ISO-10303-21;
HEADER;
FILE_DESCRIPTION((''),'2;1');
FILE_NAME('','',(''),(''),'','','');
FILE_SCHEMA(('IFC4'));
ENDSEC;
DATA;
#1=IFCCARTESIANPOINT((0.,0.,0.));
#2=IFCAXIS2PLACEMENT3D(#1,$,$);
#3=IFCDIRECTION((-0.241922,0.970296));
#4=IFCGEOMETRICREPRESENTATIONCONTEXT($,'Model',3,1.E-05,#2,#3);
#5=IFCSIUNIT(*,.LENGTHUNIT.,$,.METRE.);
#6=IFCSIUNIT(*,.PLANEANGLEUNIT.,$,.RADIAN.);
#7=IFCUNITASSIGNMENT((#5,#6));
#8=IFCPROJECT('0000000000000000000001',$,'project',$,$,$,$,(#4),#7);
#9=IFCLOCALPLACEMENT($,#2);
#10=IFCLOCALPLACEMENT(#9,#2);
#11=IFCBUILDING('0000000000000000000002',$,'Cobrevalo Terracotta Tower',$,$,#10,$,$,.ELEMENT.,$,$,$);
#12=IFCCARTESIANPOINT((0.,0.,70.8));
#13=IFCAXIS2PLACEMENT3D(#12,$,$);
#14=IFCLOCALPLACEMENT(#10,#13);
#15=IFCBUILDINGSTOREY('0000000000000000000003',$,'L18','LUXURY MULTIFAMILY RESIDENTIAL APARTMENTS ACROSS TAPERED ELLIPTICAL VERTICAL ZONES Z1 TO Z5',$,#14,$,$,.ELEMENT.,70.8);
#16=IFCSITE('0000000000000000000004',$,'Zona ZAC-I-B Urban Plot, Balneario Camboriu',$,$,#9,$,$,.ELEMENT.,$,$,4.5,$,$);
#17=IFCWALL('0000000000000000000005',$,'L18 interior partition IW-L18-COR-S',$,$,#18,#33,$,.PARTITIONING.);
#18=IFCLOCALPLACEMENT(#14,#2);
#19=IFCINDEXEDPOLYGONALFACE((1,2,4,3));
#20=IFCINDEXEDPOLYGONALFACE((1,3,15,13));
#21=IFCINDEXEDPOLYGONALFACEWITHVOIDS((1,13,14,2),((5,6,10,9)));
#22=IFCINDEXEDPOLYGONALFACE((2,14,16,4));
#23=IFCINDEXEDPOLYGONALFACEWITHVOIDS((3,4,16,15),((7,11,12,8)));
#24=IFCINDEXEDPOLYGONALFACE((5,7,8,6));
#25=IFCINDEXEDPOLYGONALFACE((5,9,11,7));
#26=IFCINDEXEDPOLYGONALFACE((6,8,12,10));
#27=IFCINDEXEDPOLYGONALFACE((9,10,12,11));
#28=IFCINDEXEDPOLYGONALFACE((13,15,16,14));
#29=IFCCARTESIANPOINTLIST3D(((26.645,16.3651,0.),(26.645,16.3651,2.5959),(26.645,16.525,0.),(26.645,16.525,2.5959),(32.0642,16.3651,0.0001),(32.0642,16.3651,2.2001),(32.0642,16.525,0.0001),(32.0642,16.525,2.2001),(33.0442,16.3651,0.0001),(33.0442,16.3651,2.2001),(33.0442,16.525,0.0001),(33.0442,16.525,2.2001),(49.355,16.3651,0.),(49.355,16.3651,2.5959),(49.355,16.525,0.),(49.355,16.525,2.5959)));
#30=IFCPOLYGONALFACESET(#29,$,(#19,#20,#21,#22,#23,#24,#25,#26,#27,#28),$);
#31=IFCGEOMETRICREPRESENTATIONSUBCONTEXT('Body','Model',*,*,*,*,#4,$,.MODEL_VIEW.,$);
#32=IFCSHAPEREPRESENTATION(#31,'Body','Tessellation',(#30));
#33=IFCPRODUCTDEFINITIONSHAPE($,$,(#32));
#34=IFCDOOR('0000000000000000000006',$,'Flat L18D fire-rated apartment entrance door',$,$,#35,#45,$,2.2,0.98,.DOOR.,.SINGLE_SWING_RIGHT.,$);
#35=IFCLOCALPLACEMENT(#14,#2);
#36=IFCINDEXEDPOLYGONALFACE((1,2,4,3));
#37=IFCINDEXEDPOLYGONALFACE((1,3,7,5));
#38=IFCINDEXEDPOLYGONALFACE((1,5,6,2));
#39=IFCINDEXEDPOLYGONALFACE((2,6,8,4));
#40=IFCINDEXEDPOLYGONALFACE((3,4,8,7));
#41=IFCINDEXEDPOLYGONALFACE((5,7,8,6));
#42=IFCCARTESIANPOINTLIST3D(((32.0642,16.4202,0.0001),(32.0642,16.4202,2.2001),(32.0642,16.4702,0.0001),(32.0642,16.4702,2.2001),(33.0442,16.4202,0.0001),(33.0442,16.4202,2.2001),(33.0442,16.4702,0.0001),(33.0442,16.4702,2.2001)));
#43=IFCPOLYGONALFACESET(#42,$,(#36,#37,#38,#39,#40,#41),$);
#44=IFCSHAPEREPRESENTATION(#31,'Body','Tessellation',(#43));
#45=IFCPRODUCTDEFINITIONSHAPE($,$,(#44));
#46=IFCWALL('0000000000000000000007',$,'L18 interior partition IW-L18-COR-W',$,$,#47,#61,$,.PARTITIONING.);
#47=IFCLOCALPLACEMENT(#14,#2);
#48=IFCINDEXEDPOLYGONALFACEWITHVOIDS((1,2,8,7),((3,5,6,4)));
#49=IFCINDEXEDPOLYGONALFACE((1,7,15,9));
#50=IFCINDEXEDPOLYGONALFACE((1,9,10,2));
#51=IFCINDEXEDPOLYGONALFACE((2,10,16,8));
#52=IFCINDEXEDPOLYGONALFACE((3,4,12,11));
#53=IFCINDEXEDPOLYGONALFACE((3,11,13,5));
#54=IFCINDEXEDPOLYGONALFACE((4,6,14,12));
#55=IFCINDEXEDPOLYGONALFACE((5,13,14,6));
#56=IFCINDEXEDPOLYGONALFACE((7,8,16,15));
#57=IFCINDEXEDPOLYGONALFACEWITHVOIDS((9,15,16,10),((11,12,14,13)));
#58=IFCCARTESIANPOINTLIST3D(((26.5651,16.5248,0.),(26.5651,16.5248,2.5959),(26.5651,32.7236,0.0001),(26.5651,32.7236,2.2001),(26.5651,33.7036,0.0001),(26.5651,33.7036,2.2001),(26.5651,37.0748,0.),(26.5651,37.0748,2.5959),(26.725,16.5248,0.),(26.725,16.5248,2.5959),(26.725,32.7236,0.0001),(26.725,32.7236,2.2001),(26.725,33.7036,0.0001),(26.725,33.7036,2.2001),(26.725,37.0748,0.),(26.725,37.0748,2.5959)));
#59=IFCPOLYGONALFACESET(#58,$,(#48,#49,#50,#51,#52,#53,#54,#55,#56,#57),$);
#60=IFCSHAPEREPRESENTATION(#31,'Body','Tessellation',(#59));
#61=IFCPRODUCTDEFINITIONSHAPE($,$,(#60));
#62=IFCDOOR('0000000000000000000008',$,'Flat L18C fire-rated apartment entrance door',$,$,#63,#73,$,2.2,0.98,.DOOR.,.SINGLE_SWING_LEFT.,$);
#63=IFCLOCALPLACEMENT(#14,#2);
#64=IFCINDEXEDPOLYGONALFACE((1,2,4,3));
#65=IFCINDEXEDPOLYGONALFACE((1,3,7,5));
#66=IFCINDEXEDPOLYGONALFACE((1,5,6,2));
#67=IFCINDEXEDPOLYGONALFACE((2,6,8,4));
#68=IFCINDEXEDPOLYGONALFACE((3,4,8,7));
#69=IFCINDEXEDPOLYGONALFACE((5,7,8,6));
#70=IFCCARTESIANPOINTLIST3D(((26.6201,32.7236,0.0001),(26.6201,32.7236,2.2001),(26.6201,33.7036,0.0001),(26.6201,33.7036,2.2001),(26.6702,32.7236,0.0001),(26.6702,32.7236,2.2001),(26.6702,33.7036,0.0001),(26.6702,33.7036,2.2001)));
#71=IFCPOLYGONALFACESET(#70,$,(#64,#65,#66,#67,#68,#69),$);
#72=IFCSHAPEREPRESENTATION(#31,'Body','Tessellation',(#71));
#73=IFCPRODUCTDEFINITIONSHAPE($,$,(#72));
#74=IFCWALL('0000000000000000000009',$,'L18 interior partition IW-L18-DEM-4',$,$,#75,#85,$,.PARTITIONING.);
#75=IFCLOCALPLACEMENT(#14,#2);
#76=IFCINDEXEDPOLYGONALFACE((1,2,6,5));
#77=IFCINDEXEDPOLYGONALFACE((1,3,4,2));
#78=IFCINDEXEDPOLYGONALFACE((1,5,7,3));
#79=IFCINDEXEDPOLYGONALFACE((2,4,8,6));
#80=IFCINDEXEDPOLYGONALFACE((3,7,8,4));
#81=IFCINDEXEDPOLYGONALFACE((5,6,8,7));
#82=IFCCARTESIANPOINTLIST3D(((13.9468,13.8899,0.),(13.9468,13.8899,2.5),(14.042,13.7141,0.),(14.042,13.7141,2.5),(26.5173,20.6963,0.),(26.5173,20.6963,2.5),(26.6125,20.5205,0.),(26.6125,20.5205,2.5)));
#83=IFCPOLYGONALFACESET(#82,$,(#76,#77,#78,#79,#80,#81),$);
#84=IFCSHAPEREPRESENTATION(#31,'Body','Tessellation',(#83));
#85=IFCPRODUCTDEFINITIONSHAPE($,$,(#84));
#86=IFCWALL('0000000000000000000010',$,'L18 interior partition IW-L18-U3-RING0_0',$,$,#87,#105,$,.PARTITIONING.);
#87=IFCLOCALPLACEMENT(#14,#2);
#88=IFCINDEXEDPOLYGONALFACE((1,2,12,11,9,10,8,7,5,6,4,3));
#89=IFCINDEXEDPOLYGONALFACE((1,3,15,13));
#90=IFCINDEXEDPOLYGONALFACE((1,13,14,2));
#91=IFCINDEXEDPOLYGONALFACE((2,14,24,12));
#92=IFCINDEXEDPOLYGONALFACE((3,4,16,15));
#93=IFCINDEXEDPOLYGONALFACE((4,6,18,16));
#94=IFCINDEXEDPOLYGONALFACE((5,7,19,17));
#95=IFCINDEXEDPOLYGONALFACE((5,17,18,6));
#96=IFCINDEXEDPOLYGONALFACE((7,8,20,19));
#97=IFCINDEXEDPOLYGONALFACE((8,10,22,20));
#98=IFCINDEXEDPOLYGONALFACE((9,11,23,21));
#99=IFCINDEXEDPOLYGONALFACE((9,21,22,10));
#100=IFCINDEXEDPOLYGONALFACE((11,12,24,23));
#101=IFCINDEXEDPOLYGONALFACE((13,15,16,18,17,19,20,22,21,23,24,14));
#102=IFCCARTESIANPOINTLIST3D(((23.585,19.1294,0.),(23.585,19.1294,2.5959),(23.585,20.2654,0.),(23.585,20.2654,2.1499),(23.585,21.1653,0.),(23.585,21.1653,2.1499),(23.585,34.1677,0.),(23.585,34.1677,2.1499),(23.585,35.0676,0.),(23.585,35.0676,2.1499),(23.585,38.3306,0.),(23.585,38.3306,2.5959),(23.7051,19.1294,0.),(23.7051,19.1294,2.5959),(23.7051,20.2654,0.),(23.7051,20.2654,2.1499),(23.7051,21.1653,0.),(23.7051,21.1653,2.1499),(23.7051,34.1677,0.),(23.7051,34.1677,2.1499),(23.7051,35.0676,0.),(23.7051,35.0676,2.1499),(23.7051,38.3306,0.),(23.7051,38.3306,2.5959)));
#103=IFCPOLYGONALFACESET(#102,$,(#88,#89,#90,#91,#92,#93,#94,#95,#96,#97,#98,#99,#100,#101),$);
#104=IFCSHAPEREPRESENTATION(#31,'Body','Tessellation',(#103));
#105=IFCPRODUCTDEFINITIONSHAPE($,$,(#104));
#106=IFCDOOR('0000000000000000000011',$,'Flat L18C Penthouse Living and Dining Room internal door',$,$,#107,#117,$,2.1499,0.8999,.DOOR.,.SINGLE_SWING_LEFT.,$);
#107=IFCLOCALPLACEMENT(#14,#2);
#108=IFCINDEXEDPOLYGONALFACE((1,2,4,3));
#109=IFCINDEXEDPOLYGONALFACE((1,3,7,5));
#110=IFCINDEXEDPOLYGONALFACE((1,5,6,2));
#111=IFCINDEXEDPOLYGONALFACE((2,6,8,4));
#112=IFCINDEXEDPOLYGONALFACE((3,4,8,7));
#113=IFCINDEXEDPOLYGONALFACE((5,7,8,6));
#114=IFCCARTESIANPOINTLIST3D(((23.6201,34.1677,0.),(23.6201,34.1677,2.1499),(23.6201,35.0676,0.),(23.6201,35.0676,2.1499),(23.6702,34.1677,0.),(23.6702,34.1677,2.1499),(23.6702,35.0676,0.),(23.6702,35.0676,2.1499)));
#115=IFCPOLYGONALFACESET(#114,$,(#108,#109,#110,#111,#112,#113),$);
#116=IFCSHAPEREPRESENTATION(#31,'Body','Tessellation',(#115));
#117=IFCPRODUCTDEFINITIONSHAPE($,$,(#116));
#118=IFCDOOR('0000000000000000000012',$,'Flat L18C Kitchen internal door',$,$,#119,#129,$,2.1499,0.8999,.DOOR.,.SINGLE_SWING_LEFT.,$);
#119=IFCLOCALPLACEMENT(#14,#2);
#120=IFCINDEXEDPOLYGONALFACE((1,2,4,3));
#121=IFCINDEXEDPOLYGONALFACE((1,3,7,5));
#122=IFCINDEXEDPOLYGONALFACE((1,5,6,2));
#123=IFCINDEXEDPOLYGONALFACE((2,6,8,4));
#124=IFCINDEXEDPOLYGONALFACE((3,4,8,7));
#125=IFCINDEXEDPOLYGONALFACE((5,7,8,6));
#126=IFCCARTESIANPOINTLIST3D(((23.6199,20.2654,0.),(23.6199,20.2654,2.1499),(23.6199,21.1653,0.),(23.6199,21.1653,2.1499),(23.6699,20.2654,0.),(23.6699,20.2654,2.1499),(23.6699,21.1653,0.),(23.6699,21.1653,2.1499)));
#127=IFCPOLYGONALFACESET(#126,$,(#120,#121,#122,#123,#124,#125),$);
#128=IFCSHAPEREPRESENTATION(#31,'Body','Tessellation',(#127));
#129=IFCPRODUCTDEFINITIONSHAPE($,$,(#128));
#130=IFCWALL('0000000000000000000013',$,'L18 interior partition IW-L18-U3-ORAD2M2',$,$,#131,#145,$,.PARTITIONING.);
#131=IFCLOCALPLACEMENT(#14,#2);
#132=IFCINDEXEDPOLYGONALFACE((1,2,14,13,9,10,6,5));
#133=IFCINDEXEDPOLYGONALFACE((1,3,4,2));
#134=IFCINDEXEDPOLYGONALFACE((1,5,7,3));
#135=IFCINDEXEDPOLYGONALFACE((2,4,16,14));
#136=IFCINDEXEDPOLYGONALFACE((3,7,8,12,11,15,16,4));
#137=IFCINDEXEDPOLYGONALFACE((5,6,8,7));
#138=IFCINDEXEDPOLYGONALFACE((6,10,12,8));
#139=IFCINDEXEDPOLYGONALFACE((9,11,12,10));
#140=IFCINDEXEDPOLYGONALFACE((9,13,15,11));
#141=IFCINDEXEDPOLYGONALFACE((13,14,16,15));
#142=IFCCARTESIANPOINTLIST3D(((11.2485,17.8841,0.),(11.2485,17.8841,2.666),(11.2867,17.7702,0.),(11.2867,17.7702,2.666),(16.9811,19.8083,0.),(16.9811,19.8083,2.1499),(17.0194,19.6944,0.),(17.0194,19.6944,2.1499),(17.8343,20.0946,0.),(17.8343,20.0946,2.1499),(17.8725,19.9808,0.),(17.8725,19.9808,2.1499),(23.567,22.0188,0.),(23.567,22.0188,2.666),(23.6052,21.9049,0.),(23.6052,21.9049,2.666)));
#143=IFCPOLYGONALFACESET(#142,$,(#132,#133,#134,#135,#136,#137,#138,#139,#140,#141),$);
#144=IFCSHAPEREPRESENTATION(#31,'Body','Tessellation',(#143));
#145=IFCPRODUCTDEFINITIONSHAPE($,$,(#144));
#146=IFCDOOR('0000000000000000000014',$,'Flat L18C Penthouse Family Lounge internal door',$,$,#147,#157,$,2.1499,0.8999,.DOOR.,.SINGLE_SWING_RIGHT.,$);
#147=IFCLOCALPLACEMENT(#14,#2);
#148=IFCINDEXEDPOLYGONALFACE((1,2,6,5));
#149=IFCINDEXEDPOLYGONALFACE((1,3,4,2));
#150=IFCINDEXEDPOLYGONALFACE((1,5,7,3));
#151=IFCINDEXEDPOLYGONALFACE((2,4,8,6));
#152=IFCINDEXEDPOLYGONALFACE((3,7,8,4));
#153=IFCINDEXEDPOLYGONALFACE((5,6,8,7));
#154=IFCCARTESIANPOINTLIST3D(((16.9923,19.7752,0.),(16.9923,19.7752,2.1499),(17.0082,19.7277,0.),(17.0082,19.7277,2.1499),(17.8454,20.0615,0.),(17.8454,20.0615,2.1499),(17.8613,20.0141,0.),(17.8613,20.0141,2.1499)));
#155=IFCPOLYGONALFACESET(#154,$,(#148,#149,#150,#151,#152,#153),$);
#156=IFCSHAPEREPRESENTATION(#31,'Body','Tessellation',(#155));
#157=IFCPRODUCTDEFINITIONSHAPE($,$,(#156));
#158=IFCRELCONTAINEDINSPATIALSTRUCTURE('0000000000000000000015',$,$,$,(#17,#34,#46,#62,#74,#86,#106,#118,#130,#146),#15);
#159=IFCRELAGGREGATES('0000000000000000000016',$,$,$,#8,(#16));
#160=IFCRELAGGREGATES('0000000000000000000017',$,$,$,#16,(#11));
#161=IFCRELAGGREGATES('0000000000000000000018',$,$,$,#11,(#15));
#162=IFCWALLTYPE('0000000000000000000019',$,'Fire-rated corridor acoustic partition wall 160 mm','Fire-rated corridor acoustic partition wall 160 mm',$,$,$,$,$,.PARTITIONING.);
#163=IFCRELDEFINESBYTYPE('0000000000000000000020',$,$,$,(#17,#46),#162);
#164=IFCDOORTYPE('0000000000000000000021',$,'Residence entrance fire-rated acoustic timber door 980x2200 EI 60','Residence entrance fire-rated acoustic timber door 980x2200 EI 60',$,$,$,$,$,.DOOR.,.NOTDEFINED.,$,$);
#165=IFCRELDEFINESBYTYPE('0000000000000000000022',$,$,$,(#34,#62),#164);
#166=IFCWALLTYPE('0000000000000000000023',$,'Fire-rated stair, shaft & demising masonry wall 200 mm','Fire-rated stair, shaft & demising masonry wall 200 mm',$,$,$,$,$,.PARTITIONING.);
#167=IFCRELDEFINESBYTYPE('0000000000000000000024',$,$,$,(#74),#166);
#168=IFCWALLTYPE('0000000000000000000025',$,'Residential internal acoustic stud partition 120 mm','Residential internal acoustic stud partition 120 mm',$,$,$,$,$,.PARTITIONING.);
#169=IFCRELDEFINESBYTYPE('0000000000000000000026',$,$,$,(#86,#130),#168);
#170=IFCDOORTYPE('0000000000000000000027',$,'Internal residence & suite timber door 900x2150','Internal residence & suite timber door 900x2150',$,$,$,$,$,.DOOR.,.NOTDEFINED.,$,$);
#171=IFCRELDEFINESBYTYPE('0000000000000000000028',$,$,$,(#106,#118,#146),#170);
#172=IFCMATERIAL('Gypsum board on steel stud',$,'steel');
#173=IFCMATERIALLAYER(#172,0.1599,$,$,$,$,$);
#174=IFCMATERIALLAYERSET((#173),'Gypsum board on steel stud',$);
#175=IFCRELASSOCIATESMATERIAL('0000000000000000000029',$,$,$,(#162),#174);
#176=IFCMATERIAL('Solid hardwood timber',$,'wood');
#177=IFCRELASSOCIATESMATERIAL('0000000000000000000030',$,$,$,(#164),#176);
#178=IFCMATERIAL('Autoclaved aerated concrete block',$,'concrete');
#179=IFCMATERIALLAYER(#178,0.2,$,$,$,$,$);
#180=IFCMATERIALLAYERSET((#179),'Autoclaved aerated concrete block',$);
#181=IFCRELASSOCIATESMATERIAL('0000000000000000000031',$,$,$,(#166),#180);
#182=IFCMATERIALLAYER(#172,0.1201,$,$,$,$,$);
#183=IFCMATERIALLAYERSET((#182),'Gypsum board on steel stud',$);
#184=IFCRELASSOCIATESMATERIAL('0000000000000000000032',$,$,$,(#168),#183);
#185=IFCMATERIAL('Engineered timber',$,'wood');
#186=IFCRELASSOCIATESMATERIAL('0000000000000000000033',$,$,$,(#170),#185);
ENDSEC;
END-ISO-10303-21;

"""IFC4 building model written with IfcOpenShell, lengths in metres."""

from ifc_helpers import new_model, si_unit, direction, frame, frame_2d, origin, place, context, subcontext, project, spatial, rectangle, extrude, source, transform, mapped, material, layer, layer_set, type_object, element, fill, save


model = new_model("IFC4")

# Units and contexts
model_context = context("Model", 3, precision=1e-05, world=origin(), true_north=direction((-0.241922, 0.970296)))
body_context = subcontext(model_context, "Body", "Model", "MODEL_VIEW")
ifc_project = project(units=[si_unit("LENGTHUNIT", "METRE"), si_unit("PLANEANGLEUNIT", "RADIAN")], contexts=[model_context])

# Site, building, storey
site_placement = place(None, origin())
site = spatial("IfcSite", under=ifc_project, at=site_placement, Name="Zona ZAC-I-B Urban Plot, Balneario Camboriu", CompositionType="ELEMENT", RefElevation=4.5)
building_placement = place(site_placement, origin())
building = spatial("IfcBuilding", under=site, at=building_placement, Name="Cobrevalo Terracotta Tower", CompositionType="ELEMENT")
storey_placement = place(building_placement, frame((0.0, 0.0, 70.8)))
storey = spatial("IfcBuildingStorey", under=building, at=storey_placement, Name="L18", Description="LUXURY MULTIFAMILY RESIDENTIAL APARTMENTS ACROSS TAPERED ELLIPTICAL VERTICAL ZONES Z1 TO Z5", CompositionType="ELEMENT", Elevation=70.8)

# Walls, openings, doors
ifc_material_1 = material(Name="Gypsum board on steel stud", Category="steel")
ifc_layer_1 = layer(ifc_material_1, 0.1599)
ifc_layer_set_1 = layer_set([ifc_layer_1], Name="Gypsum board on steel stud")
wall_type_1 = type_object("IfcWallType", Name="Fire-rated corridor acoustic partition wall 160 mm", Description="Fire-rated corridor acoustic partition wall 160 mm", PredefinedType="PARTITIONING", material=ifc_layer_set_1)
wall_1_placement = place(storey_placement, frame((26.645, 16.4451, 0.0), z_axis=(0.0, 0.0, 1.0), x_axis=(1.0, 0.0, 0.0)))
wall_1 = element("IfcWall", 1, at=wall_1_placement, inside=storey, type_object=wall_type_1, Name="L18 interior partition IW-L18-COR-S", PredefinedType="PARTITIONING", context=body_context, shape_type="SweptSolid", body=[
    extrude(rectangle(XDim=22.71, YDim=0.1599, at=frame_2d((11.355, 0.0))), origin(), (0.0, 0.0, 1.0), 2.5959),
])
opening_1_placement = place(wall_1_placement, frame((5.4192, 0.0, 0.0)))
opening_1 = element("IfcOpeningElement", 2, at=opening_1_placement, cuts=wall_1, PredefinedType="OPENING", context=body_context, shape_type="SweptSolid", body=[
    extrude(rectangle(XDim=0.98, YDim=2.2, at=frame_2d((0.49, 1.1001))), frame((0.0, 0.0898, 0.0), z_axis=(0.0, -1.0, 0.0), x_axis=(1.0, 0.0, 0.0)), (0.0, 0.0, 1.0), 0.1799),
])
ifc_material_2 = material(Name="Solid hardwood timber", Category="wood")
door_type_1 = type_object("IfcDoorType", Name="Residence entrance fire-rated acoustic timber door 980x2200 EI 60", Description="Residence entrance fire-rated acoustic timber door 980x2200 EI 60", OperationType="NOTDEFINED", PredefinedType="DOOR", material=ifc_material_2)
shared_shape_1 = source(origin(), body_context, "Body", "SweptSolid", [
    extrude(rectangle(XDim=0.98, YDim=2.2, at=frame_2d((0.49, 1.1001))), frame((0.0, 0.0249, 0.0), z_axis=(0.0, -1.0, 0.0), x_axis=(1.0, 0.0, 0.0)), (0.0, 0.0, 1.0), 0.05),
])
door_1_placement = place(opening_1_placement, frame((0.98, 0.0, 0.0), z_axis=(0.0, 0.0, 1.0), x_axis=(-1.0, 0.0, 0.0)))
door_1 = element("IfcDoor", 3, at=door_1_placement, inside=storey, type_object=door_type_1, Name="Flat L18D fire-rated apartment entrance door", OperationType="SINGLE_SWING_RIGHT", OverallHeight=2.2, OverallWidth=0.98, PredefinedType="DOOR", context=body_context, shape_type="MappedRepresentation", body=[
    mapped(shared_shape_1, transform((0.0, 0.0, 0.0), scale=1.0)),
])
fill(opening_1, door_1)
wall_2_placement = place(storey_placement, frame((26.645, 16.5249, 0.0), z_axis=(0.0, 0.0, 1.0), x_axis=(0.0, 1.0, 0.0)))
wall_2 = element("IfcWall", 4, at=wall_2_placement, inside=storey, type_object=wall_type_1, Name="L18 interior partition IW-L18-COR-W", PredefinedType="PARTITIONING", context=body_context, shape_type="SweptSolid", body=[
    extrude(rectangle(XDim=20.55, YDim=0.1599, at=frame_2d((10.2749, 0.0))), origin(), (0.0, 0.0, 1.0), 2.5959),
])
opening_2_placement = place(wall_2_placement, frame((16.1987, 0.0, 0.0)))
opening_2 = element("IfcOpeningElement", 5, at=opening_2_placement, cuts=wall_2, PredefinedType="OPENING", context=body_context, shape_type="SweptSolid", body=[
    extrude(rectangle(XDim=0.98, YDim=2.2, at=frame_2d((0.49, 1.1001))), frame((0.0, 0.0898, 0.0), z_axis=(0.0, -1.0, 0.0), x_axis=(1.0, 0.0, 0.0)), (0.0, 0.0, 1.0), 0.1799),
])
door_2_placement = place(opening_2_placement, origin())
door_2 = element("IfcDoor", 6, at=door_2_placement, inside=storey, type_object=door_type_1, Name="Flat L18C fire-rated apartment entrance door", OperationType="SINGLE_SWING_LEFT", OverallHeight=2.2, OverallWidth=0.98, PredefinedType="DOOR", context=body_context, shape_type="MappedRepresentation", body=[
    mapped(shared_shape_1, transform((0.0, 0.0, 0.0), scale=1.0)),
])
fill(opening_2, door_2)

# Wall
ifc_material_3 = material(Name="Autoclaved aerated concrete block", Category="concrete")
ifc_layer_2 = layer(ifc_material_3, 0.2)
ifc_layer_set_2 = layer_set([ifc_layer_2], Name="Autoclaved aerated concrete block")
wall_type_2 = type_object("IfcWallType", Name="Fire-rated stair, shaft & demising masonry wall 200 mm", Description="Fire-rated stair, shaft & demising masonry wall 200 mm", PredefinedType="PARTITIONING", material=ifc_layer_set_2)
wall_3_placement = place(storey_placement, frame((26.5649, 20.6084, 0.0), z_axis=(0.0, 0.0, 1.0), x_axis=(-0.87937, -0.47614, 0.0)))
element("IfcWall", 7, at=wall_3_placement, inside=storey, type_object=wall_type_2, Name="L18 interior partition IW-L18-DEM-4", PredefinedType="PARTITIONING", context=body_context, shape_type="SweptSolid", body=[
    extrude(rectangle(XDim=14.2949, YDim=0.2, at=frame_2d((7.1475, 0.0))), origin(), (0.0, 0.0, 1.0), 2.5),
])

# Wall, openings, doors
ifc_layer_3 = layer(ifc_material_1, 0.1201)
ifc_layer_set_3 = layer_set([ifc_layer_3], Name="Gypsum board on steel stud")
wall_type_3 = type_object("IfcWallType", Name="Residential internal acoustic stud partition 120 mm", Description="Residential internal acoustic stud partition 120 mm", PredefinedType="PARTITIONING", material=ifc_layer_set_3)
wall_4_placement = place(storey_placement, frame((23.645, 19.1294, 0.0), z_axis=(0.0, 0.0, 1.0), x_axis=(0.0, 1.0, 0.0)))
wall_4 = element("IfcWall", 8, at=wall_4_placement, inside=storey, type_object=wall_type_3, Name="L18 interior partition IW-L18-U3-RING0_0", PredefinedType="PARTITIONING", context=body_context, shape_type="SweptSolid", body=[
    extrude(rectangle(XDim=19.2012, YDim=0.1201, at=frame_2d((9.6006, 0.0))), origin(), (0.0, 0.0, 1.0), 2.5959),
])
opening_3_placement = place(wall_4_placement, frame((15.0383, 0.0, 0.0)))
opening_3 = element("IfcOpeningElement", 9, at=opening_3_placement, cuts=wall_4, PredefinedType="OPENING", context=body_context, shape_type="SweptSolid", body=[
    extrude(rectangle(XDim=0.8999, YDim=2.1499, at=frame_2d((0.45, 1.075))), frame((0.0, 0.0701, 0.0), z_axis=(0.0, -1.0, 0.0), x_axis=(1.0, 0.0, 0.0)), (0.0, 0.0, 1.0), 0.1401),
])
opening_4_placement = place(wall_4_placement, frame((1.136, 0.0, 0.0)))
opening_4 = element("IfcOpeningElement", 10, at=opening_4_placement, cuts=wall_4, PredefinedType="OPENING", context=body_context, shape_type="SweptSolid", body=[
    extrude(rectangle(XDim=0.8999, YDim=2.1499, at=frame_2d((0.45, 1.075))), frame((0.0, 0.0701, 0.0), z_axis=(0.0, -1.0, 0.0), x_axis=(1.0, 0.0, 0.0)), (0.0, 0.0, 1.0), 0.1401),
])
ifc_material_4 = material(Name="Engineered timber", Category="wood")
door_type_2 = type_object("IfcDoorType", Name="Internal residence & suite timber door 900x2150", Description="Internal residence & suite timber door 900x2150", OperationType="NOTDEFINED", PredefinedType="DOOR", material=ifc_material_4)
shared_shape_2 = source(origin(), body_context, "Body", "SweptSolid", [
    extrude(rectangle(XDim=0.8999, YDim=2.1499, at=frame_2d((0.45, 1.075))), frame((0.0, 0.0249, 0.0), z_axis=(0.0, -1.0, 0.0), x_axis=(1.0, 0.0, 0.0)), (0.0, 0.0, 1.0), 0.05),
])
door_3_placement = place(opening_3_placement, origin())
door_3 = element("IfcDoor", 11, at=door_3_placement, inside=storey, type_object=door_type_2, Name="Flat L18C Penthouse Living and Dining Room internal door", OperationType="SINGLE_SWING_LEFT", OverallHeight=2.1499, OverallWidth=0.8999, PredefinedType="DOOR", context=body_context, shape_type="MappedRepresentation", body=[
    mapped(shared_shape_2, transform((0.0, 0.0, 0.0), scale=1.0)),
])
fill(opening_3, door_3)
door_4_placement = place(opening_4_placement, frame((0.8999, 0.0, 0.0), z_axis=(0.0, 0.0, 1.0), x_axis=(-1.0, 0.0, 0.0)))
door_4 = element("IfcDoor", 12, at=door_4_placement, inside=storey, type_object=door_type_2, Name="Flat L18C Kitchen internal door", OperationType="SINGLE_SWING_LEFT", OverallHeight=2.1499, OverallWidth=0.8999, PredefinedType="DOOR", context=body_context, shape_type="MappedRepresentation", body=[
    mapped(shared_shape_2, transform((0.0, 0.0, 0.0), scale=1.0)),
])
fill(opening_4, door_4)

# Wall, opening, door
wall_5_placement = place(storey_placement, frame((23.5862, 21.9619, 0.0), z_axis=(0.0, 0.0, 1.0), x_axis=(-0.948022, -0.318206, 0.0)))
wall_5 = element("IfcWall", 13, at=wall_5_placement, inside=storey, type_object=wall_type_3, Name="L18 interior partition IW-L18-U3-ORAD2M2", PredefinedType="PARTITIONING", context=body_context, shape_type="SweptSolid", body=[
    extrude(rectangle(XDim=12.9939, YDim=0.1201, at=frame_2d((6.4971, 0.0))), origin(), (0.0, 0.0, 1.0), 2.666),
])
opening_5_placement = place(wall_5_placement, frame((6.0471, 0.0, 0.0)))
opening_5 = element("IfcOpeningElement", 14, at=opening_5_placement, cuts=wall_5, PredefinedType="OPENING", context=body_context, shape_type="SweptSolid", body=[
    extrude(rectangle(XDim=0.8999, YDim=2.1499, at=frame_2d((0.45, 1.075))), frame((0.0, 0.0701, 0.0), z_axis=(0.0, -1.0, 0.0), x_axis=(1.0, 0.0, 0.0)), (0.0, 0.0, 1.0), 0.1401),
])
door_5_placement = place(opening_5_placement, origin())
door_5 = element("IfcDoor", 15, at=door_5_placement, inside=storey, type_object=door_type_2, Name="Flat L18C Penthouse Family Lounge internal door", OperationType="SINGLE_SWING_RIGHT", OverallHeight=2.1499, OverallWidth=0.8999, PredefinedType="DOOR", context=body_context, shape_type="MappedRepresentation", body=[
    mapped(shared_shape_2, transform((0.0, 0.0, 0.0), scale=1.0)),
])
fill(opening_5, door_5)

save(model, "model.ifc")
